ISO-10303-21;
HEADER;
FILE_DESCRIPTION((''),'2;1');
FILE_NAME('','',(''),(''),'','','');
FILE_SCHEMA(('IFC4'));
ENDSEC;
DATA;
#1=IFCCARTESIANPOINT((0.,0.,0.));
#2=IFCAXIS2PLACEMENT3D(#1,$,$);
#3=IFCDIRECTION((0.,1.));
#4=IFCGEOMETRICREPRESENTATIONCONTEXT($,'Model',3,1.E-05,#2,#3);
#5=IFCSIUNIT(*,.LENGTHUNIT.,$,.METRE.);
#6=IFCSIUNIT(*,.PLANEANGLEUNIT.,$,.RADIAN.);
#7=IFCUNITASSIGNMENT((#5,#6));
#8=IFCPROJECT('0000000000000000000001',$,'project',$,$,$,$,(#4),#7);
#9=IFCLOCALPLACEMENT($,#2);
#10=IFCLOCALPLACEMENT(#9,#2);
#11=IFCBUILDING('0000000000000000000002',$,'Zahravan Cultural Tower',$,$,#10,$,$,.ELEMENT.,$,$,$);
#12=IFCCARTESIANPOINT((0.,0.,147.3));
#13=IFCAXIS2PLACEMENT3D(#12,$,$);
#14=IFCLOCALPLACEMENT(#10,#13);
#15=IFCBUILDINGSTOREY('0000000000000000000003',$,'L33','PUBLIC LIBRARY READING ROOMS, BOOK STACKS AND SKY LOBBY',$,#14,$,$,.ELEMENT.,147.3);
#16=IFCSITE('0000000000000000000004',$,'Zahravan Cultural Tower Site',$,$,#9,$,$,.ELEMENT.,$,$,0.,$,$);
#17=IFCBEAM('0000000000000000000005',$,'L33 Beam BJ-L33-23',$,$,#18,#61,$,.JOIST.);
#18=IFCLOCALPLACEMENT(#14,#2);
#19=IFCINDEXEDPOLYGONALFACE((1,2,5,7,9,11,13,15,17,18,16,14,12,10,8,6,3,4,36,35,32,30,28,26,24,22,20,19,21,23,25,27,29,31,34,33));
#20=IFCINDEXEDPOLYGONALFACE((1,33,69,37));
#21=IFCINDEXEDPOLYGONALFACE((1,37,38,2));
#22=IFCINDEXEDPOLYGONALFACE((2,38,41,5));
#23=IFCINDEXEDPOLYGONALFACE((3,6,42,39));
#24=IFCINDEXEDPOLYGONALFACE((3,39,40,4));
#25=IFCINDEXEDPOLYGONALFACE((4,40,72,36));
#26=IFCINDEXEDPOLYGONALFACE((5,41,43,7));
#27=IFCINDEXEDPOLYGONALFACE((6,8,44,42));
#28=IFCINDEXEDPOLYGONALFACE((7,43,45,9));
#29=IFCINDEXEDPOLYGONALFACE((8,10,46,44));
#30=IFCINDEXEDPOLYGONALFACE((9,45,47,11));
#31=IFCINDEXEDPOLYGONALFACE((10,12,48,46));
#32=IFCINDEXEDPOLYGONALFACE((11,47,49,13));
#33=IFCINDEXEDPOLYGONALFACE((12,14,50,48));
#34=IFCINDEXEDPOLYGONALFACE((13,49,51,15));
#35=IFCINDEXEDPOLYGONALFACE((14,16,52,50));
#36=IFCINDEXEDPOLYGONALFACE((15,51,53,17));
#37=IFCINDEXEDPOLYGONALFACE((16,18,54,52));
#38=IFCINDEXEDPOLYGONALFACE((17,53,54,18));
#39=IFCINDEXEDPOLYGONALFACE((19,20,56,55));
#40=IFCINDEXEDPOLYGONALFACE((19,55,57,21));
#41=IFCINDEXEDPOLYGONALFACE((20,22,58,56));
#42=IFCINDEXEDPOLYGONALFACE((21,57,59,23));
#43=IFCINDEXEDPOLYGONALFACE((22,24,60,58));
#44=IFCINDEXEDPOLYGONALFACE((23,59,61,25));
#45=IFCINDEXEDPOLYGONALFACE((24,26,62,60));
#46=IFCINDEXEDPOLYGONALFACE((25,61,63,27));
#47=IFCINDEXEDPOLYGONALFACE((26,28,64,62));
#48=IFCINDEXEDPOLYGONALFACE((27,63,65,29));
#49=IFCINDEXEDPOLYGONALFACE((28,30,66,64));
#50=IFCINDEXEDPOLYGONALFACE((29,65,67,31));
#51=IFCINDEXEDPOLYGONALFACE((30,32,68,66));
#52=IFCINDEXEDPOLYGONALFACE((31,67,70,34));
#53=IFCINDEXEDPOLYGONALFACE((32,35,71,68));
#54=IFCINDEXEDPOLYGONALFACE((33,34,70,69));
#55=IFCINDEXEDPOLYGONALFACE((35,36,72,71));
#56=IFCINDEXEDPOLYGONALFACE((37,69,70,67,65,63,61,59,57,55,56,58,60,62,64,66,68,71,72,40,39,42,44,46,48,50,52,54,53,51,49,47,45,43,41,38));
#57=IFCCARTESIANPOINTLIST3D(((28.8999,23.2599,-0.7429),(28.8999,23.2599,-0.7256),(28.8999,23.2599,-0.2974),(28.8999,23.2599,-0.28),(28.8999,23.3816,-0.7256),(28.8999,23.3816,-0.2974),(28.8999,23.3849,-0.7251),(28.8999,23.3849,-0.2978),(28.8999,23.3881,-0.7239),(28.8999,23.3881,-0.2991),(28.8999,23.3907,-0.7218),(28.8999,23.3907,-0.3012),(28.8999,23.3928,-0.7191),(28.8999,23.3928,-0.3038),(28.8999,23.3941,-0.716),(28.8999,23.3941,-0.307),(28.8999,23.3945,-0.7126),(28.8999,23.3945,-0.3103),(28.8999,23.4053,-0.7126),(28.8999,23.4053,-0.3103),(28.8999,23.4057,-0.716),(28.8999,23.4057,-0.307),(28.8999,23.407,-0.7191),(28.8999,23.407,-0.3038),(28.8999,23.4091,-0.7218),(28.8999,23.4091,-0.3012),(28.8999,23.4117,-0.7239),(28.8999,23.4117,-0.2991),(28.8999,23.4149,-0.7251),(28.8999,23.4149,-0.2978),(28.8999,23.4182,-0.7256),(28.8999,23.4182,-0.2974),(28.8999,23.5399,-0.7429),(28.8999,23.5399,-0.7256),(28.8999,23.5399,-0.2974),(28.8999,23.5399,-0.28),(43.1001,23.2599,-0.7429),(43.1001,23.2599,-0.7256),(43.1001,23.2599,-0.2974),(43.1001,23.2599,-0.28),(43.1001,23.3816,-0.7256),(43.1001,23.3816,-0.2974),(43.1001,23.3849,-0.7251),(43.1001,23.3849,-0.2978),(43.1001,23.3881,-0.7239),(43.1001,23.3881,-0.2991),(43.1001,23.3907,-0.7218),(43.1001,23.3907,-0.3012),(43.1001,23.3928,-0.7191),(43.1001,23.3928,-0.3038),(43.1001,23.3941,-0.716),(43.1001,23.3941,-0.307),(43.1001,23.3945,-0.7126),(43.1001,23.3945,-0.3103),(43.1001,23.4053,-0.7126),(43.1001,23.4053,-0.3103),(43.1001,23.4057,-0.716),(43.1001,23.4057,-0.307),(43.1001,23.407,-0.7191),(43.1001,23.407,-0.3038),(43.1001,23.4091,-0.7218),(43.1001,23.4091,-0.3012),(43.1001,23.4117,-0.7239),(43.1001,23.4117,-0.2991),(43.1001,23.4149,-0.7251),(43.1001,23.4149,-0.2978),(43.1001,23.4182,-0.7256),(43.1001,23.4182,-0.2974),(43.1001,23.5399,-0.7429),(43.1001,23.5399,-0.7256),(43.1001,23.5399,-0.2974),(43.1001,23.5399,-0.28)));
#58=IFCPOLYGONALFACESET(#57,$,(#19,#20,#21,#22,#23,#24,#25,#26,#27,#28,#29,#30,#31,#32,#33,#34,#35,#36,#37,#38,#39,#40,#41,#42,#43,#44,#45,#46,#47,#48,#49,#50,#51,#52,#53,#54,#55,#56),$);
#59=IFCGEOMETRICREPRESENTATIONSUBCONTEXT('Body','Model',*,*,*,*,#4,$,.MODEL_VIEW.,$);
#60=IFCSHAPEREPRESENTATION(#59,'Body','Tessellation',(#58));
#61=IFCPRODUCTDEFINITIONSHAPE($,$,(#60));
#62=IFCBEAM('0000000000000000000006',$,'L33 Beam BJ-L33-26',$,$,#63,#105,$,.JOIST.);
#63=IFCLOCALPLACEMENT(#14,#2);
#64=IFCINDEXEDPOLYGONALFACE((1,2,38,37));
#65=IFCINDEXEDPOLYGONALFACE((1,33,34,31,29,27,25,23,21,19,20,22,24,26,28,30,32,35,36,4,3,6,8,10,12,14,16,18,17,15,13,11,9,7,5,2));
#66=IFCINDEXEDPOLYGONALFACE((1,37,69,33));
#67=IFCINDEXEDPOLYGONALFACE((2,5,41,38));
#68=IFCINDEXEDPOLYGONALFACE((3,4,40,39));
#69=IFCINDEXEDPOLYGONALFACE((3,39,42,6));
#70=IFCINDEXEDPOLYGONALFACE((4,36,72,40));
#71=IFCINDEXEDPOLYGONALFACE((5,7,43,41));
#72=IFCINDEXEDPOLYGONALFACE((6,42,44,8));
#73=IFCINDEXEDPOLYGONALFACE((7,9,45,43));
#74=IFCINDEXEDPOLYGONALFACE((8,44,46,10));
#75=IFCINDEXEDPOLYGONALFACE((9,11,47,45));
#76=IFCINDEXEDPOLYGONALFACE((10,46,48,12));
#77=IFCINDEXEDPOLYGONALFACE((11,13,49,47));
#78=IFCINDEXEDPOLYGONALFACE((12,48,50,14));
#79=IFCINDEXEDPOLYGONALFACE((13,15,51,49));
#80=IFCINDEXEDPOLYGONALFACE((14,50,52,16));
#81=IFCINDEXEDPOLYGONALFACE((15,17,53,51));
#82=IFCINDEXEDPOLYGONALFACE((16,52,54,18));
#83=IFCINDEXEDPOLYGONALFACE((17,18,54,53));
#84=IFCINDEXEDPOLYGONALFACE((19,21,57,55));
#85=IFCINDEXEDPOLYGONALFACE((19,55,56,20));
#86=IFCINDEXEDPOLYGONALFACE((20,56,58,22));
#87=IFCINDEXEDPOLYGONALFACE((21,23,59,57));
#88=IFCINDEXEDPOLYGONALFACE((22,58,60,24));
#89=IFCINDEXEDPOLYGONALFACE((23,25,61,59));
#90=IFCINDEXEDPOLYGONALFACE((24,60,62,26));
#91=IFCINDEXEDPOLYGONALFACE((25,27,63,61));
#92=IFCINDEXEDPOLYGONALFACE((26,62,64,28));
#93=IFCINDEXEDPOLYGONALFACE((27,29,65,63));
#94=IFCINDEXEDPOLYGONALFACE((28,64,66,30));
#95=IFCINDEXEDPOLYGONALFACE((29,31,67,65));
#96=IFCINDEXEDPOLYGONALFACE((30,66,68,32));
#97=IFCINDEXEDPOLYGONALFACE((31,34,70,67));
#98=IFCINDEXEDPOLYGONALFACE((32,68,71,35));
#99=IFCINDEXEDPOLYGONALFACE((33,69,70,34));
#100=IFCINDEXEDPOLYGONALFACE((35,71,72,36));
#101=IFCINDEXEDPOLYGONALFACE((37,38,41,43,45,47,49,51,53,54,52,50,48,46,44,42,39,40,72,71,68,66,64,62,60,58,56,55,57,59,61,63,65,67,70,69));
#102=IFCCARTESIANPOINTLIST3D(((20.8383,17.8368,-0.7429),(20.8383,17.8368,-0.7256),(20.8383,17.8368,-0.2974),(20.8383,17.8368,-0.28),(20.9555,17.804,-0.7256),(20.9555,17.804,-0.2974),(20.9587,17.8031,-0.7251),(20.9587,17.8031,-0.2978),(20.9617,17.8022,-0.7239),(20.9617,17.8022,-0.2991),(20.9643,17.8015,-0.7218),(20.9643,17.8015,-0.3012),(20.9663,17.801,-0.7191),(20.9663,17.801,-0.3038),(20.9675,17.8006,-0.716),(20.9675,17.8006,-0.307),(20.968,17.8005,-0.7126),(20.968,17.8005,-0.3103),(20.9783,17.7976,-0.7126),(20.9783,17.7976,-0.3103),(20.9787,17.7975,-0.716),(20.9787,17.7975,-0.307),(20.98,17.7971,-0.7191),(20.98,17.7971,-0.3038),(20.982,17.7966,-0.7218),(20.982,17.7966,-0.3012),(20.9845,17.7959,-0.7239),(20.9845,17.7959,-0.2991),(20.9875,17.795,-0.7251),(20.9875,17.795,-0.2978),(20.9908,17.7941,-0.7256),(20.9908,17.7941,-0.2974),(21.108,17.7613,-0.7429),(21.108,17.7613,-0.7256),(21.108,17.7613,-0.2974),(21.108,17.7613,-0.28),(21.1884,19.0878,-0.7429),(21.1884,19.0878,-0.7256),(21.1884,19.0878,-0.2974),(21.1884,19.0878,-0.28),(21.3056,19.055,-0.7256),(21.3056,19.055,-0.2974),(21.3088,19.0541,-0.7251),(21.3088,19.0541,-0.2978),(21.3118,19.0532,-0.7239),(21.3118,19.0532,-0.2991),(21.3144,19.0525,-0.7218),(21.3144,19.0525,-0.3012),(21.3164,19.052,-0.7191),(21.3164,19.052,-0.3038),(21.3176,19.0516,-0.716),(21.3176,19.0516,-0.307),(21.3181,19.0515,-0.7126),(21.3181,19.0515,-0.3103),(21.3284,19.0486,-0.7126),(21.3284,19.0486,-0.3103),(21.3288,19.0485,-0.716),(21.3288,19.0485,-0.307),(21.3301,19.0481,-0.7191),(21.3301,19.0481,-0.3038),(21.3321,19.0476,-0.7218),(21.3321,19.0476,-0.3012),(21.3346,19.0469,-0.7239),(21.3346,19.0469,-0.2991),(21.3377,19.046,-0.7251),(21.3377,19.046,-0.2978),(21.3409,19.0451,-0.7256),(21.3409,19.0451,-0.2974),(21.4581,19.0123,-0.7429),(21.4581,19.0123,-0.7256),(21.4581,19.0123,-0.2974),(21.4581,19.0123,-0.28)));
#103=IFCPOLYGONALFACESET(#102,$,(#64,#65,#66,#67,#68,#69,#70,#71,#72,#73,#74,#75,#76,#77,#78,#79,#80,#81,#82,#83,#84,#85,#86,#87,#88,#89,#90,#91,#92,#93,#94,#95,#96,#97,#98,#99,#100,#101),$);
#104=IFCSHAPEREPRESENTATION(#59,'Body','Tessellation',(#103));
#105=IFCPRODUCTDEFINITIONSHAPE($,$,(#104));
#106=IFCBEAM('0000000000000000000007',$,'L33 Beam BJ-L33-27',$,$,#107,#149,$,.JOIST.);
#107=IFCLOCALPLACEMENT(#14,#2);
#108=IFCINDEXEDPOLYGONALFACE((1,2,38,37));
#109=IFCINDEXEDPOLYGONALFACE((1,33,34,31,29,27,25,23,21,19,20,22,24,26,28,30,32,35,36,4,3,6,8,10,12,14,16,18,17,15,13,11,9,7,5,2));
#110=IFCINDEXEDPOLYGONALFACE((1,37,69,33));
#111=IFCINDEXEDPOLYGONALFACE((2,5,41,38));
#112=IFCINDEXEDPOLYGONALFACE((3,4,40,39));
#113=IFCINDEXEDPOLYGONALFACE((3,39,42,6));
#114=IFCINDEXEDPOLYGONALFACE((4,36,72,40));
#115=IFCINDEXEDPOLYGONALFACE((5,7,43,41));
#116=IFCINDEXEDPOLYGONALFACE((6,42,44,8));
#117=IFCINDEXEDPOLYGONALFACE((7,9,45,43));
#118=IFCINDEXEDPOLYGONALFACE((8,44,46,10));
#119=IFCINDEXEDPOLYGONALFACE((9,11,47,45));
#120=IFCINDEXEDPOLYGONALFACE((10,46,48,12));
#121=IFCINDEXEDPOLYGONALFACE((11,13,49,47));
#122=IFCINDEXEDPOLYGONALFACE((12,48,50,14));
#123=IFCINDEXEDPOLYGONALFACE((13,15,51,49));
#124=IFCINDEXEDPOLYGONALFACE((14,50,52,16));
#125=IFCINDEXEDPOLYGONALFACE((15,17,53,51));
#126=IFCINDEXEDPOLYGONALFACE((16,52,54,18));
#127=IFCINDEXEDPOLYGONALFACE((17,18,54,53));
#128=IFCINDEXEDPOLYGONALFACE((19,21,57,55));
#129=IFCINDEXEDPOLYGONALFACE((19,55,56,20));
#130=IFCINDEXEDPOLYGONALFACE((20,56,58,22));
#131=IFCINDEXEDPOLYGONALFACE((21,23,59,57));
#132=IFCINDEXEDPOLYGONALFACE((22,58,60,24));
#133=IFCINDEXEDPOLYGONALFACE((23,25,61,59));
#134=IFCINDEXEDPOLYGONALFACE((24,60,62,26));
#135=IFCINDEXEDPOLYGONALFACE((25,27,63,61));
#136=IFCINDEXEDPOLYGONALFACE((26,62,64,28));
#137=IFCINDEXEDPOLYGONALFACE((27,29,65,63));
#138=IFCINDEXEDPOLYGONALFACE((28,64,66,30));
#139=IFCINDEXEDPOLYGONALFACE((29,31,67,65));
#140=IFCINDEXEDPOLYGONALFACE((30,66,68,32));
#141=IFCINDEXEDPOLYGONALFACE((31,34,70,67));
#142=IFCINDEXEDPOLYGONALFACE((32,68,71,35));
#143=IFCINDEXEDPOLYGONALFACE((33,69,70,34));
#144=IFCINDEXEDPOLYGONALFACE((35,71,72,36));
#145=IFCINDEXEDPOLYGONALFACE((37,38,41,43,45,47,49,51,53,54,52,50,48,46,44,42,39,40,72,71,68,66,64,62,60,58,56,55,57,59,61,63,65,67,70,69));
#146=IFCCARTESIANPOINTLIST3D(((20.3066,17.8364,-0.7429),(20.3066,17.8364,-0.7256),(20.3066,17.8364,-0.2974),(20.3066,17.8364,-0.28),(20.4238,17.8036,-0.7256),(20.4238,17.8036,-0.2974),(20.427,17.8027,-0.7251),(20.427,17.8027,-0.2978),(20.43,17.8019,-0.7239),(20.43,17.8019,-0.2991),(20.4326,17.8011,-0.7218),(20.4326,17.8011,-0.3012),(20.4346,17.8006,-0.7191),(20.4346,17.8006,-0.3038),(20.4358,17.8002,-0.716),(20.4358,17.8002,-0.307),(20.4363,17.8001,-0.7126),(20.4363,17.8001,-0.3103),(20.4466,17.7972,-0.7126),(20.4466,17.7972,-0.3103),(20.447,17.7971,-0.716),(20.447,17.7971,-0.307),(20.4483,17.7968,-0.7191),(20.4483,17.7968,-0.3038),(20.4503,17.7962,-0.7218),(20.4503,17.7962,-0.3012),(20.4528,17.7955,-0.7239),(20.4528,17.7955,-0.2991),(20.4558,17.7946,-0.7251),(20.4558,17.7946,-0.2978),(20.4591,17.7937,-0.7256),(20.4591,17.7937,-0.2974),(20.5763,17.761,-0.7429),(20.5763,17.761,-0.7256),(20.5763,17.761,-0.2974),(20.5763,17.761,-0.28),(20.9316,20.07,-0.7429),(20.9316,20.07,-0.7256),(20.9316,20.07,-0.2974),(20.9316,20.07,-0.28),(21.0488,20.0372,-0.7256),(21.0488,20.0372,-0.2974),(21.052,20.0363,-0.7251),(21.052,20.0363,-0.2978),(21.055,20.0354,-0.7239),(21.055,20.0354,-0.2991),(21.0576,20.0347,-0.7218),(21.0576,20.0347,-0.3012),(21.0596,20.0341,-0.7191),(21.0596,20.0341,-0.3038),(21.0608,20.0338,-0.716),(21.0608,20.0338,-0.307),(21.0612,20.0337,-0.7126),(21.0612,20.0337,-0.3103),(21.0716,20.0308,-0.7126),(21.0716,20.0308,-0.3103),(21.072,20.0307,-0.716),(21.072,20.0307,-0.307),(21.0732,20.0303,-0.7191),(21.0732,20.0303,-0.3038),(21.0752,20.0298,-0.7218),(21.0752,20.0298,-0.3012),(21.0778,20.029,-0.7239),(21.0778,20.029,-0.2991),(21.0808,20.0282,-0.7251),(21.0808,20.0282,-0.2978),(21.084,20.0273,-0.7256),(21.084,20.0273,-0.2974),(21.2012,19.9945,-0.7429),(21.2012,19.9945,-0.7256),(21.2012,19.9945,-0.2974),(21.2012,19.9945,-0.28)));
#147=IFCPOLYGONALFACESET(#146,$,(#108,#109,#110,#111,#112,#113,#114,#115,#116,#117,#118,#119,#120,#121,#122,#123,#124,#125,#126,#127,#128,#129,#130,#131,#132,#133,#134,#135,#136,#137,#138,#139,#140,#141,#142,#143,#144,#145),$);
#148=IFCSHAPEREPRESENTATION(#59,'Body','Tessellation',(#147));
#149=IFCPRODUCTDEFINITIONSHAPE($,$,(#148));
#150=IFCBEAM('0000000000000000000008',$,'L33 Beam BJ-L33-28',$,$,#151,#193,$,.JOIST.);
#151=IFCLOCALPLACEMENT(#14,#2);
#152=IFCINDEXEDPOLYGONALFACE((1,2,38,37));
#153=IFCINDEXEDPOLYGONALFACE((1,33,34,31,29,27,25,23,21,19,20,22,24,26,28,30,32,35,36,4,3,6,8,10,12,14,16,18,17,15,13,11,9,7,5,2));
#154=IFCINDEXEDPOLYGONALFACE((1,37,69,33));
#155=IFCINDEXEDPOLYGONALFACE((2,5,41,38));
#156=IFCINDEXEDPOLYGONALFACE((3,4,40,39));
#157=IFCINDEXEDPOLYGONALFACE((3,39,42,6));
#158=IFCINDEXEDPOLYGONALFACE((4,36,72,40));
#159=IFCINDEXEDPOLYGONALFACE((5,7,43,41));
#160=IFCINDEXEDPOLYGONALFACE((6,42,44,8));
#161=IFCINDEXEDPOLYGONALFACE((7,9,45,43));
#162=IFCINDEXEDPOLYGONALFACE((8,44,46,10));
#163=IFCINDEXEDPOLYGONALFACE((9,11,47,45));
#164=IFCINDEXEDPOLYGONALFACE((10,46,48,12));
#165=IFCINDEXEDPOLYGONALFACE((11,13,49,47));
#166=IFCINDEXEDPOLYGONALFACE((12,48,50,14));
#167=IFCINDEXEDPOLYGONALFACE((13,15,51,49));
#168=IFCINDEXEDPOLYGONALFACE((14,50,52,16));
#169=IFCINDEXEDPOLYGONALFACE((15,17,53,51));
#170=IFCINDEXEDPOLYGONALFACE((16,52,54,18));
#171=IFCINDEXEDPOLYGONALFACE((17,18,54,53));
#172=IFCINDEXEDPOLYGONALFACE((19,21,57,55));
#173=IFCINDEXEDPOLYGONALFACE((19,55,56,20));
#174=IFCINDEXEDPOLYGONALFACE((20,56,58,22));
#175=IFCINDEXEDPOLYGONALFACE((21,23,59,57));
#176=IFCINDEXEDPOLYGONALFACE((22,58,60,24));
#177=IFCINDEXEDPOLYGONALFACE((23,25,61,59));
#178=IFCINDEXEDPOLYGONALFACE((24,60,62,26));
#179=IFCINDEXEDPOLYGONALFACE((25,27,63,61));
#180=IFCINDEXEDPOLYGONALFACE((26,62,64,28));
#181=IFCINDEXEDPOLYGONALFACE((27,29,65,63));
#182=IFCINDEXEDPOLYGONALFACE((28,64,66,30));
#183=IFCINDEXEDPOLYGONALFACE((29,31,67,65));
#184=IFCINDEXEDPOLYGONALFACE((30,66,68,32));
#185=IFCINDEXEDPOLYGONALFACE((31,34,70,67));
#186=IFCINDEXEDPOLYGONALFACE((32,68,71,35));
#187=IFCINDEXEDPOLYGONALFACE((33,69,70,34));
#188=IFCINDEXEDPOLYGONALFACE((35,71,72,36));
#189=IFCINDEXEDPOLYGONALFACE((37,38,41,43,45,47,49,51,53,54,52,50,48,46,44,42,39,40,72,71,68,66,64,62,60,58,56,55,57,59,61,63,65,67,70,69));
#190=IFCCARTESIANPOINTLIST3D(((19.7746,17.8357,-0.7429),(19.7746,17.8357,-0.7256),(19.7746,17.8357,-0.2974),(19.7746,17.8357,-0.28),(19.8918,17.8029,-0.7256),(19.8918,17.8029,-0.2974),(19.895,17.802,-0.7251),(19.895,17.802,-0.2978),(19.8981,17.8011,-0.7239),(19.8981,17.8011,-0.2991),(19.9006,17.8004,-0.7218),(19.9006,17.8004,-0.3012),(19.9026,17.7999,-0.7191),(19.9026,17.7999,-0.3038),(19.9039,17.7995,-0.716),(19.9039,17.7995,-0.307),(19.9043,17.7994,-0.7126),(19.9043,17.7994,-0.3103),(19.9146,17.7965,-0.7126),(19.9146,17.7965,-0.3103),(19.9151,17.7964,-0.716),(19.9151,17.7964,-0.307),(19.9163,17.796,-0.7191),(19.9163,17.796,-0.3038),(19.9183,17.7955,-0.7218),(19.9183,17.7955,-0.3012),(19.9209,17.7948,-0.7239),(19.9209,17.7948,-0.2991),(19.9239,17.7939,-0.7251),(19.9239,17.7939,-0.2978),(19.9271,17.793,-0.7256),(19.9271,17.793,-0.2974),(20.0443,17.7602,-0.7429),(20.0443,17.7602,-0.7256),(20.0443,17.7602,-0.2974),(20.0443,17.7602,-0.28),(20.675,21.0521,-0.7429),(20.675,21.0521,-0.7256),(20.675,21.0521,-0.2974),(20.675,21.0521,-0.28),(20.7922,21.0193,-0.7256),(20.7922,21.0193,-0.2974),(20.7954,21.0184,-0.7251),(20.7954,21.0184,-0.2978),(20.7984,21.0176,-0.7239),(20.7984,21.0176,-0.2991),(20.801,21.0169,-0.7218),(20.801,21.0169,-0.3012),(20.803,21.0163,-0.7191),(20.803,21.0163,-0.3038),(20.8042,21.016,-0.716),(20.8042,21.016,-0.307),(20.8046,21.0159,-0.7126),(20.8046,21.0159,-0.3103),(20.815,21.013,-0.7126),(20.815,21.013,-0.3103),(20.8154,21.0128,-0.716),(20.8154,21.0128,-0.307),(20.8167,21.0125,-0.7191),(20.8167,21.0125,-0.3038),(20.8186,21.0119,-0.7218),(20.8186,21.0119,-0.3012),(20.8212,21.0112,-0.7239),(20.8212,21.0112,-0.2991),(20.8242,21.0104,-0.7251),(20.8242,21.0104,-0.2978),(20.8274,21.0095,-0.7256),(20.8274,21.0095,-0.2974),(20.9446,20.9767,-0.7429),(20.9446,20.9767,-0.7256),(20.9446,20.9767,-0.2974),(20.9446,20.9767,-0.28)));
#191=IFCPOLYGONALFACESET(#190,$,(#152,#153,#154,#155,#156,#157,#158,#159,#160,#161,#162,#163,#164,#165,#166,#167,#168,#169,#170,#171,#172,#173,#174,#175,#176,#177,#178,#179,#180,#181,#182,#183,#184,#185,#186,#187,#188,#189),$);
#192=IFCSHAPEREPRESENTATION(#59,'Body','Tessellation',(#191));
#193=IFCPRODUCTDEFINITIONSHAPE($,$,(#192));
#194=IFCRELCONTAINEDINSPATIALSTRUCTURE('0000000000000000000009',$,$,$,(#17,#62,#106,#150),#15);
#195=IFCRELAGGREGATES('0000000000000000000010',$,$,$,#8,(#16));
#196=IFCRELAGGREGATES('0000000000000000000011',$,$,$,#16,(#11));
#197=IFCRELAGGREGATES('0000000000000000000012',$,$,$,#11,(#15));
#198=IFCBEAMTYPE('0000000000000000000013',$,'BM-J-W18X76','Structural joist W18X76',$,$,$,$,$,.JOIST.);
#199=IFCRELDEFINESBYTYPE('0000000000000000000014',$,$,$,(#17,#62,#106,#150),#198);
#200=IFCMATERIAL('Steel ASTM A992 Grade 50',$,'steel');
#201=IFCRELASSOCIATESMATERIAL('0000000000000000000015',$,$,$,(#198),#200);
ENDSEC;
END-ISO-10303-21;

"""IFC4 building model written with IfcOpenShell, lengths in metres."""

from ifc_helpers import new_model, si_unit, direction, frame, origin, origin_2d, place, context, subcontext, project, spatial, i_section, extrude, source, transform, mapped, material, material_profile, profile_set, type_object, element, save


model = new_model("IFC4")

# Units and contexts
model_context = context("Model", 3, precision=1e-05, world=origin(), true_north=direction((0.0, 1.0)))
body_context = subcontext(model_context, "Body", "Model", "MODEL_VIEW")
ifc_project = project(units=[si_unit("LENGTHUNIT", "METRE"), si_unit("PLANEANGLEUNIT", "RADIAN")], contexts=[model_context])

# Site, building, storey
site_placement = place(None, origin())
site = spatial("IfcSite", under=ifc_project, at=site_placement, Name="Zahravan Cultural Tower Site", CompositionType="ELEMENT", RefElevation=0.0)
building_placement = place(site_placement, origin())
building = spatial("IfcBuilding", under=site, at=building_placement, Name="Zahravan Cultural Tower", CompositionType="ELEMENT")
storey_placement = place(building_placement, frame((0.0, 0.0, 147.3)))
storey = spatial("IfcBuildingStorey", under=building, at=storey_placement, Name="L33", Description="PUBLIC LIBRARY READING ROOMS, BOOK STACKS AND SKY LOBBY", CompositionType="ELEMENT", Elevation=147.3)

# Beams
ifc_material_1 = material(Name="Steel ASTM A992 Grade 50", Category="steel")
ifc_material_profile = material_profile(ifc_material_1, i_section(OverallWidth=0.28, OverallDepth=0.4629, WebThickness=0.0107, FlangeThickness=0.0173, FilletRadius=0.0129, at=origin_2d()), Name="W18X76")
ifc_profile_set = profile_set([ifc_material_profile], Name="Steel ASTM A992 Grade 50")
beam_type = type_object("IfcBeamType", Name="BM-J-W18X76", Description="Structural joist W18X76", PredefinedType="JOIST", material=ifc_profile_set)
shared_shape_1 = source(origin(), body_context, "Body", "SweptSolid", [
    extrude(i_section(OverallWidth=0.28, OverallDepth=0.4629, WebThickness=0.0107, FlangeThickness=0.0173, FilletRadius=0.0129, at=origin_2d()), origin(), (0.0, 0.0, 1.0), 14.2002),
])
beam_1_placement = place(storey_placement, frame((28.8999, 23.3999, -0.5115), z_axis=(1.0, 0.0, 0.0), x_axis=(0.0, 1.0, 0.0)))
element("IfcBeam", 1, at=beam_1_placement, inside=storey, type_object=beam_type, Name="L33 Beam BJ-L33-23", PredefinedType="JOIST", context=body_context, shape_type="MappedRepresentation", body=[
    mapped(shared_shape_1, transform((0.0, 0.0, 0.0), x_axis=(1.0, 0.0, 0.0), y_axis=(0.0, 1.0, 0.0), z_axis=(0.0, 0.0, 1.0), scale=1.0)),
])
shared_shape_2 = source(origin(), body_context, "Body", "SweptSolid", [
    extrude(i_section(OverallWidth=0.28, OverallDepth=0.4629, WebThickness=0.0107, FlangeThickness=0.0173, FilletRadius=0.0129, at=origin_2d()), origin(), (0.0, 0.0, 1.0), 1.2991),
])
beam_2_placement = place(storey_placement, frame((21.3232, 19.05, -0.5115), z_axis=(-0.269504, -0.962999, 0.0), x_axis=(0.962999, -0.269504, 0.0)))
element("IfcBeam", 2, at=beam_2_placement, inside=storey, type_object=beam_type, Name="L33 Beam BJ-L33-26", PredefinedType="JOIST", context=body_context, shape_type="MappedRepresentation", body=[
    mapped(shared_shape_2, transform((0.0, 0.0, 0.0), x_axis=(1.0, 0.0, 0.0), y_axis=(0.0, 1.0, 0.0), z_axis=(0.0, 0.0, 1.0), scale=1.0)),
])
shared_shape_3 = source(origin(), body_context, "Body", "SweptSolid", [
    extrude(i_section(OverallWidth=0.28, OverallDepth=0.4629, WebThickness=0.0107, FlangeThickness=0.0173, FilletRadius=0.0129, at=origin_2d()), origin(), (0.0, 0.0, 1.0), 2.3193),
])
beam_3_placement = place(storey_placement, frame((21.0664, 20.0322, -0.5115), z_axis=(-0.269462, -0.963011, 0.0), x_axis=(0.963011, -0.269462, 0.0)))
element("IfcBeam", 3, at=beam_3_placement, inside=storey, type_object=beam_type, Name="L33 Beam BJ-L33-27", PredefinedType="JOIST", context=body_context, shape_type="MappedRepresentation", body=[
    mapped(shared_shape_3, transform((0.0, 0.0, 0.0), x_axis=(1.0, 0.0, 0.0), y_axis=(0.0, 1.0, 0.0), z_axis=(0.0, 0.0, 1.0), scale=1.0)),
])
shared_shape_4 = source(origin(), body_context, "Body", "SweptSolid", [
    extrude(i_section(OverallWidth=0.28, OverallDepth=0.4629, WebThickness=0.0107, FlangeThickness=0.0173, FilletRadius=0.0129, at=origin_2d()), origin(), (0.0, 0.0, 1.0), 3.3401),
])
beam_4_placement = place(storey_placement, frame((20.8098, 21.0144, -0.5115), z_axis=(-0.269562, -0.962983, 0.0), x_axis=(0.962983, -0.269562, 0.0)))
element("IfcBeam", 4, at=beam_4_placement, inside=storey, type_object=beam_type, Name="L33 Beam BJ-L33-28", PredefinedType="JOIST", context=body_context, shape_type="MappedRepresentation", body=[
    mapped(shared_shape_4, transform((0.0, 0.0, 0.0), x_axis=(1.0, 0.0, 0.0), y_axis=(0.0, 1.0, 0.0), z_axis=(0.0, 0.0, 1.0), scale=1.0)),
])

save(model, "model.ifc")
